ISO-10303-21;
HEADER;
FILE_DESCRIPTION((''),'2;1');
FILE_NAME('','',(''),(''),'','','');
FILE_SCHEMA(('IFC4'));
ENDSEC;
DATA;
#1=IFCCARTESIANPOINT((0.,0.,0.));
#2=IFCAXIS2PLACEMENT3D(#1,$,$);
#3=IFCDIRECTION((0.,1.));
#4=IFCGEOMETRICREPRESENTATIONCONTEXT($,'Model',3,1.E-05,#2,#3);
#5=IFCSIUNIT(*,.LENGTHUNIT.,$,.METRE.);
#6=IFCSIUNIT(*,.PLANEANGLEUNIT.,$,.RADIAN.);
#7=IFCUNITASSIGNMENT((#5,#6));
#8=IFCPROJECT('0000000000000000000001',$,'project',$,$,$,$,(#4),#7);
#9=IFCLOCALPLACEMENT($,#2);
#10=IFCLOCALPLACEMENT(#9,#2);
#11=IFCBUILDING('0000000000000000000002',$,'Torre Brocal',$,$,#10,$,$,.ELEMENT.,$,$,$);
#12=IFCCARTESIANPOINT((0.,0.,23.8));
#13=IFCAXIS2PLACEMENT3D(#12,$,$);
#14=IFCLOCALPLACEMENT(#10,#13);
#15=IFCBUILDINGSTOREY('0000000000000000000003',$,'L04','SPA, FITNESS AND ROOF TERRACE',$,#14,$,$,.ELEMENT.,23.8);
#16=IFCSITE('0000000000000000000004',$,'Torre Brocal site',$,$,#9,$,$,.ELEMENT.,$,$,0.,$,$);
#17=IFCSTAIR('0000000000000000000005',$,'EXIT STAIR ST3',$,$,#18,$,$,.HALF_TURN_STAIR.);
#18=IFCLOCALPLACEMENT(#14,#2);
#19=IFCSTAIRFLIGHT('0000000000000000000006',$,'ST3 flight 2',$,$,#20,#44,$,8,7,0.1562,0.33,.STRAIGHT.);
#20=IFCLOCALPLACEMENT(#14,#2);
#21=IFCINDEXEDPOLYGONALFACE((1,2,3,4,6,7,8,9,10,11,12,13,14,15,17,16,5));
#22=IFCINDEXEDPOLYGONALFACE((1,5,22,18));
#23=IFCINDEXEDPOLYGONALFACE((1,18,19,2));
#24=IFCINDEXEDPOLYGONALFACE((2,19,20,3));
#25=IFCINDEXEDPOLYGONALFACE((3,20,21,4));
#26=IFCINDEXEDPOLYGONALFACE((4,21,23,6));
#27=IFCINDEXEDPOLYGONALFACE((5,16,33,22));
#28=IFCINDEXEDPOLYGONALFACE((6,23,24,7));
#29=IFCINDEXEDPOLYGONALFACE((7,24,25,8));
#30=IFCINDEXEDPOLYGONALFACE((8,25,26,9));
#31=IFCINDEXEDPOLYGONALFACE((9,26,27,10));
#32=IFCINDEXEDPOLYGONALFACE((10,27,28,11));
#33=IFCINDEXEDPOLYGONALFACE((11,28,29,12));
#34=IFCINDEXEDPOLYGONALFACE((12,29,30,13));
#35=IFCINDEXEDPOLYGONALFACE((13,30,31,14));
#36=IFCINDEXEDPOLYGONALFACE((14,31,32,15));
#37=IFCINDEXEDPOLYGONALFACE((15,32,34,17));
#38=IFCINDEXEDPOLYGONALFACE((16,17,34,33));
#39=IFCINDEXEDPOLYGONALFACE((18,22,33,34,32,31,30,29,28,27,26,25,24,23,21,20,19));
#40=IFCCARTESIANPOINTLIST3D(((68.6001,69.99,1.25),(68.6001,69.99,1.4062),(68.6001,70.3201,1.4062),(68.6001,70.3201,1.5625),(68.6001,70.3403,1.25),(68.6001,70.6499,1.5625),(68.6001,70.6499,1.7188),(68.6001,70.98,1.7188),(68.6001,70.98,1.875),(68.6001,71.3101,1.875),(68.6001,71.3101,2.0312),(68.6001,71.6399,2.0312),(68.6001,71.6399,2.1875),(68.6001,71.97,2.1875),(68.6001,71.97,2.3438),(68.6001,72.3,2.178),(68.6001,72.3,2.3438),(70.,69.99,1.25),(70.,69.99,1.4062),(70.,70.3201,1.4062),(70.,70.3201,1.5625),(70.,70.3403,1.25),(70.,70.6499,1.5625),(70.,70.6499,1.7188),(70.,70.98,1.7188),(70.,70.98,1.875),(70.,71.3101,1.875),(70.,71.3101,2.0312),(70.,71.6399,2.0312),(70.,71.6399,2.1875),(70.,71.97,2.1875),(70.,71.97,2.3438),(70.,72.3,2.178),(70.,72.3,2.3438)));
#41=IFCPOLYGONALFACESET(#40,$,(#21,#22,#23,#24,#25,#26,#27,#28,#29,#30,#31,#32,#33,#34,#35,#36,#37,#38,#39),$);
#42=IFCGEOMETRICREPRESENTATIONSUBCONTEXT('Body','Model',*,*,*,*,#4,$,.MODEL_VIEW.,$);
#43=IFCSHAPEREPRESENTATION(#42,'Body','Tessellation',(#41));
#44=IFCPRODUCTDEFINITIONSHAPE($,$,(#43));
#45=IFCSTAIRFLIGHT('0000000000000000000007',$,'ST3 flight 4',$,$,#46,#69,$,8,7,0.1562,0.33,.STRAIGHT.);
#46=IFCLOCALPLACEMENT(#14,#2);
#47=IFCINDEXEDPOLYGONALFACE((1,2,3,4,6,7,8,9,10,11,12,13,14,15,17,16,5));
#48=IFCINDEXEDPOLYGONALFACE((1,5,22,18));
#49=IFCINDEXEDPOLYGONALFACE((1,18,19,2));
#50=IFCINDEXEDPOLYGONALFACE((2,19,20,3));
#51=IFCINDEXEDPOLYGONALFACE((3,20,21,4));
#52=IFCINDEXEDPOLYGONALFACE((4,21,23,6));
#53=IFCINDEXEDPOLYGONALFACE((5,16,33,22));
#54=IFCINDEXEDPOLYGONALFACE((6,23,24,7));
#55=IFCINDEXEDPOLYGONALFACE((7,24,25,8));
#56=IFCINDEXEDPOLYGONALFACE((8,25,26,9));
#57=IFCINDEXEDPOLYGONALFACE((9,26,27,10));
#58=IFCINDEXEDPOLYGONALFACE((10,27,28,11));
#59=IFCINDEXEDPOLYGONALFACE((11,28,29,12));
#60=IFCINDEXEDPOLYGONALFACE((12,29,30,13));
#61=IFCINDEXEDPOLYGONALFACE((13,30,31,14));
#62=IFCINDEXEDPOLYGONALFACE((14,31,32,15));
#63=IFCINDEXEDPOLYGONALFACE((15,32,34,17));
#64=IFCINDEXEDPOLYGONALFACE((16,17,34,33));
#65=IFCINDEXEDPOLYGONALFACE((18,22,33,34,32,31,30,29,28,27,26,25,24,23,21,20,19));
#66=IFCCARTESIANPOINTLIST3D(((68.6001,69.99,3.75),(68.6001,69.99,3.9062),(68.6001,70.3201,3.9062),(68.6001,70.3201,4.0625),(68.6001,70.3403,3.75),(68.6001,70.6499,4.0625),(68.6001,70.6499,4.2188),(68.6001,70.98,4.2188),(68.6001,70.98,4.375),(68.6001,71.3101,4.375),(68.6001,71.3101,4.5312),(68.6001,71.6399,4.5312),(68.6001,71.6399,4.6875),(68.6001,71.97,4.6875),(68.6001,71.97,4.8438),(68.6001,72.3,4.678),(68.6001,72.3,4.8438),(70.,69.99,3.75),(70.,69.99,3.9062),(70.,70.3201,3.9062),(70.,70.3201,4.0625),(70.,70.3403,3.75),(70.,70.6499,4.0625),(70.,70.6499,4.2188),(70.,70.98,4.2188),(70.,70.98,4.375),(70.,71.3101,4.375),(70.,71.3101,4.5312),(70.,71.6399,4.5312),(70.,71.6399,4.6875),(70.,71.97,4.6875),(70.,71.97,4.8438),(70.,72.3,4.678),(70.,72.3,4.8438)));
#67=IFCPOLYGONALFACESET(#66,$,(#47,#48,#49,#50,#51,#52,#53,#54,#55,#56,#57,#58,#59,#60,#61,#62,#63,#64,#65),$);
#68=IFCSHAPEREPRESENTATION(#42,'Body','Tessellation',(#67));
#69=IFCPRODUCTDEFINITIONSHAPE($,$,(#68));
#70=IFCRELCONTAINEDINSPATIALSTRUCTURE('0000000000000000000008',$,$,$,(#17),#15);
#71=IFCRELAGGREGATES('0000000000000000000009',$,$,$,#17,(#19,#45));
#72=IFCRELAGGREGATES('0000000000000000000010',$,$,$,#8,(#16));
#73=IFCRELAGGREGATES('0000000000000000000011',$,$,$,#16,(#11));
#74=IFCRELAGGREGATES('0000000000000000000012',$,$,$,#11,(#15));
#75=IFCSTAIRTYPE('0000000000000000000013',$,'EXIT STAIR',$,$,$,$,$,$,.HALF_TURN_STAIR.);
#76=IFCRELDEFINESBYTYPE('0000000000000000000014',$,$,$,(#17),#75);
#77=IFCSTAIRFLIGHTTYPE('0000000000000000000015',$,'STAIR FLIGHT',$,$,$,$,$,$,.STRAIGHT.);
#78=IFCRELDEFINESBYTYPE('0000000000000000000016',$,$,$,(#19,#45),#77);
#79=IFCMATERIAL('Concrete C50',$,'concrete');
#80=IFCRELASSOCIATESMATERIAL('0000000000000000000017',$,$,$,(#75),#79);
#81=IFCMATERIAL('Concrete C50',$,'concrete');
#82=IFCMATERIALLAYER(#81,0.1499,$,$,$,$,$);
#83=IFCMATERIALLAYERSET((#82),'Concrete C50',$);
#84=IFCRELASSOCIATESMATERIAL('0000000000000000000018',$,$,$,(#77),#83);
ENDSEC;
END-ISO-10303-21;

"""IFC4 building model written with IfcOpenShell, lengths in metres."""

from ifc_helpers import new_model, si_unit, direction, frame, origin, place, context, subcontext, project, spatial, polyline, outline, extrude, material, layer, layer_set, type_object, element, aggregate, save


model = new_model("IFC4")

# Units and contexts
model_context = context("Model", 3, precision=1e-05, world=origin(), true_north=direction((0.0, 1.0)))
body_context = subcontext(model_context, "Body", "Model", "MODEL_VIEW")
ifc_project = project(units=[si_unit("LENGTHUNIT", "METRE"), si_unit("PLANEANGLEUNIT", "RADIAN")], contexts=[model_context])

# Site, building, storey
site_placement = place(None, origin())
site = spatial("IfcSite", under=ifc_project, at=site_placement, Name="Torre Brocal site", CompositionType="ELEMENT", RefElevation=0.0)
building_placement = place(site_placement, origin())
building = spatial("IfcBuilding", under=site, at=building_placement, Name="Torre Brocal", CompositionType="ELEMENT")
storey_placement = place(building_placement, frame((0.0, 0.0, 23.8)))
storey = spatial("IfcBuildingStorey", under=building, at=storey_placement, Name="L04", Description="SPA, FITNESS AND ROOF TERRACE", CompositionType="ELEMENT", Elevation=23.8)

# Stair, stair flights
ifc_material_1 = material(Name="Concrete C50", Category="concrete")
stair_type = type_object("IfcStairType", Name="EXIT STAIR", PredefinedType="HALF_TURN_STAIR", material=ifc_material_1)
stair_placement = place(storey_placement, origin())
stair = element("IfcStair", 1, at=stair_placement, inside=storey, type_object=stair_type, Name="EXIT STAIR ST3", PredefinedType="HALF_TURN_STAIR")
ifc_material_2 = material(Name="Concrete C50", Category="concrete")
ifc_layer_1 = layer(ifc_material_2, 0.1499)
ifc_layer_set_1 = layer_set([ifc_layer_1], Name="Concrete C50")
stair_flight_type = type_object("IfcStairFlightType", Name="STAIR FLIGHT", PredefinedType="STRAIGHT", material=ifc_layer_set_1)
stair_flight_1_placement = place(storey_placement, frame((69.3, 69.99, 1.25), z_axis=(0.0, 0.0, 1.0), x_axis=(0.0, 1.0, 0.0)))
stair_flight_1 = element("IfcStairFlight", 2, at=stair_flight_1_placement, type_object=stair_flight_type, Name="ST3 flight 2", NumberOfRisers=8, NumberOfTreads=7, PredefinedType="STRAIGHT", RiserHeight=0.1562, TreadLength=0.33, context=body_context, shape_type="SweptSolid", body=[
    extrude(outline(polyline([(0.0, 0.0), (0.0, 0.1562), (0.3301, 0.1562), (0.3301, 0.3125), (0.6599, 0.3125), (0.6599, 0.4688), (0.99, 0.4688), (0.99, 0.625), (1.3201, 0.625), (1.3201, 0.7812), (1.6499, 0.7812), (1.6499, 0.9375), (1.98, 0.9375), (1.98, 1.0938), (2.3101, 1.0938), (2.3101, 1.25), (2.3101, 0.928), (0.3503, 0.0), (0.0, 0.0)])), frame((0.0, 0.7, 0.0), z_axis=(0.0, -1.0, 0.0), x_axis=(1.0, 0.0, 0.0)), (0.0, 0.0, 1.0), 1.3999),
])
stair_flight_2_placement = place(storey_placement, frame((69.3, 69.99, 3.75), z_axis=(0.0, 0.0, 1.0), x_axis=(0.0, 1.0, 0.0)))
stair_flight_2 = element("IfcStairFlight", 3, at=stair_flight_2_placement, type_object=stair_flight_type, Name="ST3 flight 4", NumberOfRisers=8, NumberOfTreads=7, PredefinedType="STRAIGHT", RiserHeight=0.1562, TreadLength=0.33, context=body_context, shape_type="SweptSolid", body=[
    extrude(outline(polyline([(0.0, 0.0), (0.0, 0.1562), (0.3301, 0.1562), (0.3301, 0.3125), (0.6599, 0.3125), (0.6599, 0.4688), (0.99, 0.4688), (0.99, 0.625), (1.3201, 0.625), (1.3201, 0.7812), (1.6499, 0.7812), (1.6499, 0.9375), (1.98, 0.9375), (1.98, 1.0938), (2.3101, 1.0938), (2.3101, 1.25), (2.3101, 0.928), (0.3503, 0.0), (0.0, 0.0)])), frame((0.0, 0.7, 0.0), z_axis=(0.0, -1.0, 0.0), x_axis=(1.0, 0.0, 0.0)), (0.0, 0.0, 1.0), 1.3999),
])
aggregate(stair, [stair_flight_1, stair_flight_2])

save(model, "model.ifc")
